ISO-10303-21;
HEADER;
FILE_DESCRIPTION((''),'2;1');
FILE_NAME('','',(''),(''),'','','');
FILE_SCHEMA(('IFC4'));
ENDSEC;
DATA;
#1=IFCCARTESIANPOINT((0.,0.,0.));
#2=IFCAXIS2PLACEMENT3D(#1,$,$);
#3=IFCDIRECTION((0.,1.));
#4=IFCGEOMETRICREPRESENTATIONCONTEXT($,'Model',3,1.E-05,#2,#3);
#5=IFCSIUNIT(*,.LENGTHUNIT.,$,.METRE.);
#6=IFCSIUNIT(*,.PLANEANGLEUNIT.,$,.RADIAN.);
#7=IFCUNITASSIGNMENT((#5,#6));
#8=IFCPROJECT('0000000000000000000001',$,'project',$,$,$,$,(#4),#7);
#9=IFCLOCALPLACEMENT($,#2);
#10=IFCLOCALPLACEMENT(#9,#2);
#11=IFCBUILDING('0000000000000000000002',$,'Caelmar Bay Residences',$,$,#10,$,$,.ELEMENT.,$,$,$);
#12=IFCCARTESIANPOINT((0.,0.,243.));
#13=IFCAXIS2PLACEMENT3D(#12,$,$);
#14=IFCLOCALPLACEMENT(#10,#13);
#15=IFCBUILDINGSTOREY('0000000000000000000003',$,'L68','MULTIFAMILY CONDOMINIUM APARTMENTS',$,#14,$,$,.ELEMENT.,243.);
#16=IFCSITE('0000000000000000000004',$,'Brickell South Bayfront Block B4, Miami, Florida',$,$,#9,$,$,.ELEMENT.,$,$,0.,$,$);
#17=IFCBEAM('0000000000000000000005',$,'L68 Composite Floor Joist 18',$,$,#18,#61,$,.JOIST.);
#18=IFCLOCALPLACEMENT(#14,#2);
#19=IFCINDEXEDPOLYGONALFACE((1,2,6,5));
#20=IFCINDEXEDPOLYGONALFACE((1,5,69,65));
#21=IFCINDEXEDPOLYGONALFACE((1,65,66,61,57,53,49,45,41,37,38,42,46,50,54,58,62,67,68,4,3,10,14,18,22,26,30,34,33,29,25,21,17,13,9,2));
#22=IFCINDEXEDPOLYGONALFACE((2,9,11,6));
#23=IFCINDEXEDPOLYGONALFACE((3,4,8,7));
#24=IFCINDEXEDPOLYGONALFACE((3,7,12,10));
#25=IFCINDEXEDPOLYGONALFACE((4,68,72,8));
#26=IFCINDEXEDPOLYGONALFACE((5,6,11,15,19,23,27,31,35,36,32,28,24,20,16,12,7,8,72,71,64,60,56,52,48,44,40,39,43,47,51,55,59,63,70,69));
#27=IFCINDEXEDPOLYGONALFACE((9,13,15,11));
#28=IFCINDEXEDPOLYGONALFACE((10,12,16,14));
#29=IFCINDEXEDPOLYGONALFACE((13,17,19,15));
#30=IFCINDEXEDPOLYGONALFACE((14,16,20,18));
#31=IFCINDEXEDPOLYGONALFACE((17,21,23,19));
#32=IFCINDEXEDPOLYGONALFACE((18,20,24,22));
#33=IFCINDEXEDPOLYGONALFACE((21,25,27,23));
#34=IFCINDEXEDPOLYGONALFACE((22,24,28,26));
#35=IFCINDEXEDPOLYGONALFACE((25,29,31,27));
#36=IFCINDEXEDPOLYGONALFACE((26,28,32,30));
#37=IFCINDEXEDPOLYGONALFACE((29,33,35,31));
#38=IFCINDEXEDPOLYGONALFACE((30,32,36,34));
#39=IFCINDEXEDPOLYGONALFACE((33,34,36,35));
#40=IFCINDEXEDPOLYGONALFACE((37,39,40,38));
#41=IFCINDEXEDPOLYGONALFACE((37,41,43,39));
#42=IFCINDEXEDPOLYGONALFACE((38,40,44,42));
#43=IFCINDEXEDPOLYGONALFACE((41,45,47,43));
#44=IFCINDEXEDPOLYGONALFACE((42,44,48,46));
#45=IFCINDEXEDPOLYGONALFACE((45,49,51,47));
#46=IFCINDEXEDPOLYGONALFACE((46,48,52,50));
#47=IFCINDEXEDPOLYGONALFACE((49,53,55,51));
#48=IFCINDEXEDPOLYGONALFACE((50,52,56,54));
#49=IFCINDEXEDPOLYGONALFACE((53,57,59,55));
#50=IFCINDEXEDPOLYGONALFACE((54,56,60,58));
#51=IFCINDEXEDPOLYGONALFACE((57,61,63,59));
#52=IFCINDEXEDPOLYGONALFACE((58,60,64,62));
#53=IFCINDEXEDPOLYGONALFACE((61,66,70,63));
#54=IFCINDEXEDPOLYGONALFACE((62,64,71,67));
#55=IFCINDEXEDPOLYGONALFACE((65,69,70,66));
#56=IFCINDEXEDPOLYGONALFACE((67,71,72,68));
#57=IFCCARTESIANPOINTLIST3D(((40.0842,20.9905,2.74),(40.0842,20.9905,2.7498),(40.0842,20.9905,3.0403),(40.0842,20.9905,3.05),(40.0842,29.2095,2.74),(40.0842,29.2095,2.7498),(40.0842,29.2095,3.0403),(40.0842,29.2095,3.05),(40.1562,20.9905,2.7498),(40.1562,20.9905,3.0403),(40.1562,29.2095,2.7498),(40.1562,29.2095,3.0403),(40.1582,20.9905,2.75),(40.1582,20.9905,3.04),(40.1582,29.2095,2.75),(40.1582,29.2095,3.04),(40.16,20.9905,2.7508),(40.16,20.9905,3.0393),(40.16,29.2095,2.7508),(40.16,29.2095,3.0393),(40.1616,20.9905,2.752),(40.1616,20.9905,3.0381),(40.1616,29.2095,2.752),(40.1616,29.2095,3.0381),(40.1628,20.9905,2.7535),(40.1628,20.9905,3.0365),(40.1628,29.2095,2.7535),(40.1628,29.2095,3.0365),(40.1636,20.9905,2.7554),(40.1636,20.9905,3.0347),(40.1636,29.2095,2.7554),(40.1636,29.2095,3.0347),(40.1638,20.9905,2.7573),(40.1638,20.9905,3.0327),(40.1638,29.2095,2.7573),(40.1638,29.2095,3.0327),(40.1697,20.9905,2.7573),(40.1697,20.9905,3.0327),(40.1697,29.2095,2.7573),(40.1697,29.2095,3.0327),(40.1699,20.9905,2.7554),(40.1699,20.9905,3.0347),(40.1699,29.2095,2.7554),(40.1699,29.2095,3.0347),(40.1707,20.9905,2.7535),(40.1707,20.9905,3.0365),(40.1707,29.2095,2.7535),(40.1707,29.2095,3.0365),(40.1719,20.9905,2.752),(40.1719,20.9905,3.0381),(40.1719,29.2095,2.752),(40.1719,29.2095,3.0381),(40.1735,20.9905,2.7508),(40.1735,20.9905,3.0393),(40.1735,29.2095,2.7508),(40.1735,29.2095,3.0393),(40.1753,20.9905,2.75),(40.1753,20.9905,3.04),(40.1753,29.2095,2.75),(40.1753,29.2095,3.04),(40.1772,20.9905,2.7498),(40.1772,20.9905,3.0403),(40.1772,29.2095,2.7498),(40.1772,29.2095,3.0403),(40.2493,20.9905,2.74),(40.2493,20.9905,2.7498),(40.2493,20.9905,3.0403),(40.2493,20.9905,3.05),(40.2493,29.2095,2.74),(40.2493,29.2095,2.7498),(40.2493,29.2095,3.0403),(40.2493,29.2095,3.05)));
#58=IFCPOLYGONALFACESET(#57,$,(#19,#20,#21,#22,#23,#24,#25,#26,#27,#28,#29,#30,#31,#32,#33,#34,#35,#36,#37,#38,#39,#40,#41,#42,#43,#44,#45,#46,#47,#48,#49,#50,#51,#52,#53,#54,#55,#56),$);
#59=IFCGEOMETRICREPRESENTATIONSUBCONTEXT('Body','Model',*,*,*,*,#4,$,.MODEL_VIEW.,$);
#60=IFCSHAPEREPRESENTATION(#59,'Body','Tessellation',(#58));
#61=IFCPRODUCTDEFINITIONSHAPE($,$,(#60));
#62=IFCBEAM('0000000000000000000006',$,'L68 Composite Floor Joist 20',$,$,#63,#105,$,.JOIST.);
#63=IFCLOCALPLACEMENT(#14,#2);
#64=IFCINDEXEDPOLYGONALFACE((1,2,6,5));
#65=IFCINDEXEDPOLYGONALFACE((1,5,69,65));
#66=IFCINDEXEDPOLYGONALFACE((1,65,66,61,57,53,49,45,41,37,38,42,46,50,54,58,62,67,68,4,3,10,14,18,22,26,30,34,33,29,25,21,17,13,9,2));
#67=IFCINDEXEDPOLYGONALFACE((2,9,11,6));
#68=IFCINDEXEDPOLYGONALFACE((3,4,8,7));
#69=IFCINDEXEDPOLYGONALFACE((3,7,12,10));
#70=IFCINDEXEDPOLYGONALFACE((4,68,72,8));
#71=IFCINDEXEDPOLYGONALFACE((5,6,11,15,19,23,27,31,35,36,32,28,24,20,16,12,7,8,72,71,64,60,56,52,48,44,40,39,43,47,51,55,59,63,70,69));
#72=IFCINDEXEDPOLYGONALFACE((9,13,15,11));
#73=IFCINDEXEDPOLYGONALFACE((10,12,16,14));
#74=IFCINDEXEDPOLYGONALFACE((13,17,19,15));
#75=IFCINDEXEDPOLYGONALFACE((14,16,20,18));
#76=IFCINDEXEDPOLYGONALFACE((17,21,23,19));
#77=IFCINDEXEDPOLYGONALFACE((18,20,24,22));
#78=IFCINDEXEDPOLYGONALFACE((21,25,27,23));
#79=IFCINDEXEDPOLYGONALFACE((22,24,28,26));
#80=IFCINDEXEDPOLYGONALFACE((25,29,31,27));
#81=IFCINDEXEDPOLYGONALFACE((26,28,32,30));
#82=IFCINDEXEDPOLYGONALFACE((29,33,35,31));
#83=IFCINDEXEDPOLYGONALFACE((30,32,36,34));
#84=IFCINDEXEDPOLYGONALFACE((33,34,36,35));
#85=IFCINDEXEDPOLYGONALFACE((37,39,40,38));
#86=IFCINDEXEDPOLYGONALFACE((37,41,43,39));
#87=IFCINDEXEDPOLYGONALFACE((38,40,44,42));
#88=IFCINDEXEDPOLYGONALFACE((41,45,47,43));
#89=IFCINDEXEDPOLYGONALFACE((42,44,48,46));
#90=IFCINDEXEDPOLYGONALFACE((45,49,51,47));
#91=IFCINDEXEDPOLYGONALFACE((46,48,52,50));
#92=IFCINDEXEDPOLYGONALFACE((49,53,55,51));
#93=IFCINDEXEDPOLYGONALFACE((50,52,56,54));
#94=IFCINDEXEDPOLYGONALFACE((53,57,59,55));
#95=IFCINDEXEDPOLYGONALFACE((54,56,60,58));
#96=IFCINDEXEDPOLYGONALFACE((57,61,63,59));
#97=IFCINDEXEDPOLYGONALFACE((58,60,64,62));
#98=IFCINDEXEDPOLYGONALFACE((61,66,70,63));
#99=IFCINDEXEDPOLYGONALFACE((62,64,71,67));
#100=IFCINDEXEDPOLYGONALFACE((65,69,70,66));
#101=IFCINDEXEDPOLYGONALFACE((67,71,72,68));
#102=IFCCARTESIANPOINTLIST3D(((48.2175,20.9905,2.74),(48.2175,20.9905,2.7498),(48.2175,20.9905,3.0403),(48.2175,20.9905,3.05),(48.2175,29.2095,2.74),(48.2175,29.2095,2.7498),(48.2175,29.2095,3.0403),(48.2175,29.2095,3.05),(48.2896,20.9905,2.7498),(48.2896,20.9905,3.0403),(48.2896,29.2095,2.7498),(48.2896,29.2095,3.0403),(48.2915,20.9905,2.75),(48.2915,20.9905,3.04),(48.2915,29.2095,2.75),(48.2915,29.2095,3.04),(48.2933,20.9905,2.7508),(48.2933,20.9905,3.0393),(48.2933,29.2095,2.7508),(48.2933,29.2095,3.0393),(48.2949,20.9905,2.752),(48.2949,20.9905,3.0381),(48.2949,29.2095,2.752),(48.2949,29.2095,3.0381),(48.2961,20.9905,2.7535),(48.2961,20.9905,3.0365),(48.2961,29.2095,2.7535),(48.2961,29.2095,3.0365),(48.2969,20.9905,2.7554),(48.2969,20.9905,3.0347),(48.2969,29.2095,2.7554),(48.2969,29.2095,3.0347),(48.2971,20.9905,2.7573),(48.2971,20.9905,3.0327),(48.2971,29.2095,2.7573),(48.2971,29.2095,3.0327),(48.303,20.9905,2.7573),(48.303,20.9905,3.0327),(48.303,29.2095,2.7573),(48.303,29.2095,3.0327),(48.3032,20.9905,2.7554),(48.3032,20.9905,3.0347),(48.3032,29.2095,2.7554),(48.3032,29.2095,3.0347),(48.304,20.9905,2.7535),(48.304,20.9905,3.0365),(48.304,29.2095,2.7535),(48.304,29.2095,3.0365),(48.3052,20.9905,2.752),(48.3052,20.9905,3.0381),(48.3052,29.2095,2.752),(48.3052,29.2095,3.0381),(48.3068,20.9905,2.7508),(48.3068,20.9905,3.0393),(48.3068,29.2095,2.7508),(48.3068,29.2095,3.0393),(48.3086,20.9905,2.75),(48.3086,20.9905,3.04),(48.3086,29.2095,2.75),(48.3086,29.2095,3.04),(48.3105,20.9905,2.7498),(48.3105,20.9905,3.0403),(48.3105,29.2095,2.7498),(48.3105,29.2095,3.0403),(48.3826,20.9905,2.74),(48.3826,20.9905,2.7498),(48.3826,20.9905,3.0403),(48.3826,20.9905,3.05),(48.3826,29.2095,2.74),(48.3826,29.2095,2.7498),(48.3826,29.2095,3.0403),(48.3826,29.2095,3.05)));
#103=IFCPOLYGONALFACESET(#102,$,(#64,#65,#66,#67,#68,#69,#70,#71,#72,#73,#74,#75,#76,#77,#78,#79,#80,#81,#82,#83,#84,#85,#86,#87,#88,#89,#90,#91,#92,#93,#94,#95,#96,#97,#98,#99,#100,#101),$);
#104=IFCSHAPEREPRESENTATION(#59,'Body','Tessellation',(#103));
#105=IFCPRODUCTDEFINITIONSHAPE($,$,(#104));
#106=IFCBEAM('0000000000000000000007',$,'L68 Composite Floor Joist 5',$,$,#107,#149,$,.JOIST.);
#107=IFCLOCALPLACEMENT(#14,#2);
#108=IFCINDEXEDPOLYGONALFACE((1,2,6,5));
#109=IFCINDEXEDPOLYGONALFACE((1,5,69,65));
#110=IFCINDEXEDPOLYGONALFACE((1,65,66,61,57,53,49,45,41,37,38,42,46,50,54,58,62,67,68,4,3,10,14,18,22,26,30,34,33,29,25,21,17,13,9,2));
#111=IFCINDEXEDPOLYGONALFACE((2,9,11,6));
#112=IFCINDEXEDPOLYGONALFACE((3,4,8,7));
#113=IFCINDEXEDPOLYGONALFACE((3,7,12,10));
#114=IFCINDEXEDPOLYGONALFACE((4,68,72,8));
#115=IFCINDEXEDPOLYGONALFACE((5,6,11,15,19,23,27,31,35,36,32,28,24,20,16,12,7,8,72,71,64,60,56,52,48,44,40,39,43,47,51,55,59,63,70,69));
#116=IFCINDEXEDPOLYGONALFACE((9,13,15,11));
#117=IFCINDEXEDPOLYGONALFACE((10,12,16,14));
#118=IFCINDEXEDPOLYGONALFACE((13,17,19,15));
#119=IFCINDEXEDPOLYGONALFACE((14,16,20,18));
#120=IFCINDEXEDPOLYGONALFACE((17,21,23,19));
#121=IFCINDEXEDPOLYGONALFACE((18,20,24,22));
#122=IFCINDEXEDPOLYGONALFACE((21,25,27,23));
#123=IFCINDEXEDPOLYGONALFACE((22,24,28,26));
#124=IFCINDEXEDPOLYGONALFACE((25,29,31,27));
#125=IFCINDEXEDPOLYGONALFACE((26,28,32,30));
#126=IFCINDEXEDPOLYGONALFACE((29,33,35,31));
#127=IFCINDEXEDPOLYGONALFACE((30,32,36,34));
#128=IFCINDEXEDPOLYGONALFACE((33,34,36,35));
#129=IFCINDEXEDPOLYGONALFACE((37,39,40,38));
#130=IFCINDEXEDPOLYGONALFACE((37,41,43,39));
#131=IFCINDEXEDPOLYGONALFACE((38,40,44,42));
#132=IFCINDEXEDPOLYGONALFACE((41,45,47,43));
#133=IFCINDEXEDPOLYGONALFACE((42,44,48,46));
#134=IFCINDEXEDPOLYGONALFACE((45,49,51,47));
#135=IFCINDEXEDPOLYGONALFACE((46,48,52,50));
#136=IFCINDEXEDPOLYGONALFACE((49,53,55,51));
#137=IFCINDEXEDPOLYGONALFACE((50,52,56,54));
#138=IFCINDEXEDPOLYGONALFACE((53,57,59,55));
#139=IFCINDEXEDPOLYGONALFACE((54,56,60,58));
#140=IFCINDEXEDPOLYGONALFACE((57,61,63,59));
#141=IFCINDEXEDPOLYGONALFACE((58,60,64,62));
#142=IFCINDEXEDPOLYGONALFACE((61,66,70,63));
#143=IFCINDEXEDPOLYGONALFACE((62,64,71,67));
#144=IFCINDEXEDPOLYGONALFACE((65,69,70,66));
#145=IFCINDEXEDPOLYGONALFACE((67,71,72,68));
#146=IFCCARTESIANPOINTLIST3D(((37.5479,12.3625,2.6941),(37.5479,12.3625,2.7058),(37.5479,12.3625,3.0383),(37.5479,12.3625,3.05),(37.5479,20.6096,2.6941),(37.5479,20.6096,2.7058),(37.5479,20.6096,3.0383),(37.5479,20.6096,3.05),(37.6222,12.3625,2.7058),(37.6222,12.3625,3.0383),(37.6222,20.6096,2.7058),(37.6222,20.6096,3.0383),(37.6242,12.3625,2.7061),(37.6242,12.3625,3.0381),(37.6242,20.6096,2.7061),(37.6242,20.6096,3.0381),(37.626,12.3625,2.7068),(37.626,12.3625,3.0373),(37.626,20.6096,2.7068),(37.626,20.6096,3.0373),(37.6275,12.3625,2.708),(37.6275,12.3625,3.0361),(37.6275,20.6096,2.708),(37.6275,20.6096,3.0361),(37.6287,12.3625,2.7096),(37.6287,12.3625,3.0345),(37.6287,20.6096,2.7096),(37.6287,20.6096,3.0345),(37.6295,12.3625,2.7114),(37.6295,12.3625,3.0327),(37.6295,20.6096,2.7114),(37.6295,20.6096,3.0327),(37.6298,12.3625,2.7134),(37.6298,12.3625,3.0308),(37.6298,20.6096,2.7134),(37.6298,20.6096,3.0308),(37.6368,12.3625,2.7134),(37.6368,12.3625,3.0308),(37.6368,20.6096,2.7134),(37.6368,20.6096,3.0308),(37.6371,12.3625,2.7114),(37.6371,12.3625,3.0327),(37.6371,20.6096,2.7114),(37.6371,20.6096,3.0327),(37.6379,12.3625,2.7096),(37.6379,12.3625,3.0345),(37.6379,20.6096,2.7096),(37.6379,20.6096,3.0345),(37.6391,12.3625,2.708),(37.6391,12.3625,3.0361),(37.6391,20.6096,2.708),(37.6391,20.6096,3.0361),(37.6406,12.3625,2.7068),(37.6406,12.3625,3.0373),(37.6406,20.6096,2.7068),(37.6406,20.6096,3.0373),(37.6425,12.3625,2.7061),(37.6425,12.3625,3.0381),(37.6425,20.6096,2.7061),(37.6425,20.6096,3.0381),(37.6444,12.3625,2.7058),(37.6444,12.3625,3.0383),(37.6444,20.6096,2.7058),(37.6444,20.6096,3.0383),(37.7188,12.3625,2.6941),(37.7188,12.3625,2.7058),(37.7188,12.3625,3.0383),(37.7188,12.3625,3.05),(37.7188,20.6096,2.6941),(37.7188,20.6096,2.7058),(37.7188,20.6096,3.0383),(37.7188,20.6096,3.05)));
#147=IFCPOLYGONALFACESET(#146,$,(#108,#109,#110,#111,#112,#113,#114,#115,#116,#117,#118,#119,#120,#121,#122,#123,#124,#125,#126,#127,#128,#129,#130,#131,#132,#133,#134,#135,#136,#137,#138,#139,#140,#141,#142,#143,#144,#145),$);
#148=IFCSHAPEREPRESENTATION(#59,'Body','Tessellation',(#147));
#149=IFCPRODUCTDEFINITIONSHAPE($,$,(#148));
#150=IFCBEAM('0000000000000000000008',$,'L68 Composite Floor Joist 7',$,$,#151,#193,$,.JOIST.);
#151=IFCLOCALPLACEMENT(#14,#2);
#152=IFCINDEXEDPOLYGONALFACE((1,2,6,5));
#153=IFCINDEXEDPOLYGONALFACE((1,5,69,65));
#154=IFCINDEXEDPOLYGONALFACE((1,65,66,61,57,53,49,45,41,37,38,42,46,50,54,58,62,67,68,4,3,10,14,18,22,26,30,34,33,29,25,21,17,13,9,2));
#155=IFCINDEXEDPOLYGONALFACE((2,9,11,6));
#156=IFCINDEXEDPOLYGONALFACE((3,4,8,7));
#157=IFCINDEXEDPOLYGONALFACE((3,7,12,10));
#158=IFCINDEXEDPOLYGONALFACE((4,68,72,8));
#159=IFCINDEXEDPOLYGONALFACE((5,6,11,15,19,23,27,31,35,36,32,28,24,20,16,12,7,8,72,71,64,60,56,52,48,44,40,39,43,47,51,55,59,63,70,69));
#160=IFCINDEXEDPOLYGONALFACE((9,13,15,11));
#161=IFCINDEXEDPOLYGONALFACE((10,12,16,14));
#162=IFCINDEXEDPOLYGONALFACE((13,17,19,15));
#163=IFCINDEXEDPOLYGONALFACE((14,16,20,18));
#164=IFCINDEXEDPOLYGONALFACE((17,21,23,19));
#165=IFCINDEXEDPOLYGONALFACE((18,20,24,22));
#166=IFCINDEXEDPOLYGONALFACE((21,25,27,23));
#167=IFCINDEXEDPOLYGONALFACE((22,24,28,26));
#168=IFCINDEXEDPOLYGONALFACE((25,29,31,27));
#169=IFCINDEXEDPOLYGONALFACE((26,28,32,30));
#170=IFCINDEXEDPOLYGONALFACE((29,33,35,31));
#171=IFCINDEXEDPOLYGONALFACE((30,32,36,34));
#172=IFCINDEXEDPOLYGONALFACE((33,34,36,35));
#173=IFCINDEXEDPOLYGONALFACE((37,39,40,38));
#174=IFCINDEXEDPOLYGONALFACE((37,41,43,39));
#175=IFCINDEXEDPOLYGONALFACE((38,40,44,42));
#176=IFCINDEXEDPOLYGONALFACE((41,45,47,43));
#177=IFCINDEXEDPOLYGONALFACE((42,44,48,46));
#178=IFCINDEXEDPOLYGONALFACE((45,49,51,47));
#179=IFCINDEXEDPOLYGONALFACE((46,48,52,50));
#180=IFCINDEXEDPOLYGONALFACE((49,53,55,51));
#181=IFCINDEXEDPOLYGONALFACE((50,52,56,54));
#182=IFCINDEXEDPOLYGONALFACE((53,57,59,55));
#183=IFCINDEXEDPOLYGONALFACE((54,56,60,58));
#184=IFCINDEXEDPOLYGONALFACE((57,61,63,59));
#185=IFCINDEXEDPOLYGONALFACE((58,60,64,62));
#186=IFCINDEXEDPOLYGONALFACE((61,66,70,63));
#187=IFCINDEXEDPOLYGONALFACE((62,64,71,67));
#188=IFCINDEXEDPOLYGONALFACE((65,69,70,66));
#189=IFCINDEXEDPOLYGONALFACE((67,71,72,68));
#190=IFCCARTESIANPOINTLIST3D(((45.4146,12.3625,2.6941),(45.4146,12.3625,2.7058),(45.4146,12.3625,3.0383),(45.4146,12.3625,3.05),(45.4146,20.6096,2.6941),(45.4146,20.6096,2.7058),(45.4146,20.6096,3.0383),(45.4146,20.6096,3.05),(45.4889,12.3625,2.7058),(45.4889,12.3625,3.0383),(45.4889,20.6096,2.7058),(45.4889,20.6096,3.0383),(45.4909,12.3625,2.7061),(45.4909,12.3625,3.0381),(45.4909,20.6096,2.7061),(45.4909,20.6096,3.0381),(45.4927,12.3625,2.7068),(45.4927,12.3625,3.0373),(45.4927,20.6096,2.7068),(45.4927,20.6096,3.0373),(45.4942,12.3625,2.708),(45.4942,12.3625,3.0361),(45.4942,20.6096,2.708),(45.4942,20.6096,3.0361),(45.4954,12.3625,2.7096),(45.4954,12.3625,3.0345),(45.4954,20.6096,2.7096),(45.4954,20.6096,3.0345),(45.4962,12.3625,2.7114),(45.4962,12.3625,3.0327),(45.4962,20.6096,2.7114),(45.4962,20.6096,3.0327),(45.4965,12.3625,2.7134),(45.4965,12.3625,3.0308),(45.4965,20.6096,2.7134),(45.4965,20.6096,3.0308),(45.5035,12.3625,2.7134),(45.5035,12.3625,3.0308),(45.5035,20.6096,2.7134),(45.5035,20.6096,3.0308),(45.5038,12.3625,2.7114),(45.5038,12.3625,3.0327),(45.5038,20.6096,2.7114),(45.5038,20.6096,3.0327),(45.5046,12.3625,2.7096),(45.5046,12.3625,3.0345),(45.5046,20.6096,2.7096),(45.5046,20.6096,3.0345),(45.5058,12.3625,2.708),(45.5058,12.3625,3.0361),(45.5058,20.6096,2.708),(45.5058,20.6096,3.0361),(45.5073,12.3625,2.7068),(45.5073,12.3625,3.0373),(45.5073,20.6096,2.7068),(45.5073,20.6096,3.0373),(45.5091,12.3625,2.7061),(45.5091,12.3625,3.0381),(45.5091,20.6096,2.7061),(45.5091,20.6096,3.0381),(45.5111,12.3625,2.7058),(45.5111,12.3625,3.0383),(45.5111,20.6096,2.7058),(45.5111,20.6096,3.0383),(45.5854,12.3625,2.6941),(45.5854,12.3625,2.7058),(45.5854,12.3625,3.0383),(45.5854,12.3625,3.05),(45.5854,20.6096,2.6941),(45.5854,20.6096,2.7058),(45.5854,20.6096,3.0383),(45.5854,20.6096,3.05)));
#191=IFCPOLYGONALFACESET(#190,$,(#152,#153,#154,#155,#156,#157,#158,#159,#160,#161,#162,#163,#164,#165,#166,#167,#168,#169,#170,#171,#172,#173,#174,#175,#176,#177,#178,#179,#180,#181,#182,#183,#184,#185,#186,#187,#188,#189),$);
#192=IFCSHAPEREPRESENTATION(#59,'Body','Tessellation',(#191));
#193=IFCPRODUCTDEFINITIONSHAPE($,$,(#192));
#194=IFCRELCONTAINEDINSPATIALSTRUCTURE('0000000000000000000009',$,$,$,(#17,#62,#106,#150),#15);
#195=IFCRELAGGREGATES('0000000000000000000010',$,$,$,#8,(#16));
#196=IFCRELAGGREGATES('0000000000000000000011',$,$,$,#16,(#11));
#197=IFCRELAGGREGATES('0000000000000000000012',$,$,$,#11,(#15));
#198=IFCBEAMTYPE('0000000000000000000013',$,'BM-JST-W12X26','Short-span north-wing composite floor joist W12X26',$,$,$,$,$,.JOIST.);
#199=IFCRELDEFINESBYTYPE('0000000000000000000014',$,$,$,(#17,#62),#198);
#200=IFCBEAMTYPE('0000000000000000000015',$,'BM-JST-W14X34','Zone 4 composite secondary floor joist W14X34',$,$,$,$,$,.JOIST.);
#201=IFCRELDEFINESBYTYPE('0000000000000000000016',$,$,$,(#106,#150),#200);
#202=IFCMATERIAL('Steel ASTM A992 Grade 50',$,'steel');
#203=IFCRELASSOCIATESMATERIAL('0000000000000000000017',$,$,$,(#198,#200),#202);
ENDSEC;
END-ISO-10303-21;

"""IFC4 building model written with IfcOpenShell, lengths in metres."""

from ifc_helpers import new_model, si_unit, direction, frame, origin, origin_2d, place, context, subcontext, project, spatial, i_section, extrude, material, material_profile, profile_set, type_object, element, save


model = new_model("IFC4")

# Units and contexts
model_context = context("Model", 3, precision=1e-05, world=origin(), true_north=direction((0.0, 1.0)))
body_context = subcontext(model_context, "Body", "Model", "MODEL_VIEW")
ifc_project = project(units=[si_unit("LENGTHUNIT", "METRE"), si_unit("PLANEANGLEUNIT", "RADIAN")], contexts=[model_context])

# Site, building, storey
site_placement = place(None, origin())
site = spatial("IfcSite", under=ifc_project, at=site_placement, Name="Brickell South Bayfront Block B4, Miami, Florida", CompositionType="ELEMENT", RefElevation=0.0)
building_placement = place(site_placement, origin())
building = spatial("IfcBuilding", under=site, at=building_placement, Name="Caelmar Bay Residences", CompositionType="ELEMENT")
storey_placement = place(building_placement, frame((0.0, 0.0, 243.0)))
storey = spatial("IfcBuildingStorey", under=building, at=storey_placement, Name="L68", Description="MULTIFAMILY CONDOMINIUM APARTMENTS", CompositionType="ELEMENT", Elevation=243.0)

# Beams
ifc_material_1 = material(Name="Steel ASTM A992 Grade 50", Category="steel")
ifc_material_profile_1 = material_profile(ifc_material_1, i_section(OverallWidth=0.165, OverallDepth=0.3101, WebThickness=0.0059, FlangeThickness=0.0098, FilletRadius=0.0076, at=origin_2d()), Name="W12X26")
ifc_profile_set_1 = profile_set([ifc_material_profile_1], Name="Steel ASTM A992 Grade 50")
beam_type_1 = type_object("IfcBeamType", Name="BM-JST-W12X26", Description="Short-span north-wing composite floor joist W12X26", PredefinedType="JOIST", material=ifc_profile_set_1)
for number, where, z_axis, x_axis, name in (
    (1, (40.1667, 20.9905, 2.895), (0.0, 1.0, 0.0), (-1.0, 0.0, 0.0), "L68 Composite Floor Joist 18"),
    (2, (48.3, 20.9905, 2.895), (0.0, 1.0, 0.0), (-1.0, 0.0, 0.0), "L68 Composite Floor Joist 20"),
):
    element("IfcBeam", number, at=place(storey_placement, frame(where, z_axis=z_axis, x_axis=x_axis)), inside=storey, type_object=beam_type_1, Name=name, PredefinedType="JOIST", context=body_context, shape_type="SweptSolid", body=[
        extrude(i_section(OverallWidth=0.165, OverallDepth=0.3101, WebThickness=0.0059, FlangeThickness=0.0098, FilletRadius=0.0076, at=origin_2d()), origin(), (0.0, 0.0, 1.0), 8.219),
    ])
ifc_material_profile_2 = material_profile(ifc_material_1, i_section(OverallWidth=0.1709, OverallDepth=0.356, WebThickness=0.0071, FlangeThickness=0.0117, FilletRadius=0.0076, at=origin_2d()), Name="W14X34")
ifc_profile_set_2 = profile_set([ifc_material_profile_2], Name="Steel ASTM A992 Grade 50")
beam_type_2 = type_object("IfcBeamType", Name="BM-JST-W14X34", Description="Zone 4 composite secondary floor joist W14X34", PredefinedType="JOIST", material=ifc_profile_set_2)
for number, where, z_axis, x_axis, name in (
    (3, (37.6333, 12.3625, 2.8721), (0.0, 1.0, 0.0), (-1.0, 0.0, 0.0), "L68 Composite Floor Joist 5"),
    (4, (45.5, 12.3625, 2.8721), (0.0, 1.0, 0.0), (-1.0, 0.0, 0.0), "L68 Composite Floor Joist 7"),
):
    element("IfcBeam", number, at=place(storey_placement, frame(where, z_axis=z_axis, x_axis=x_axis)), inside=storey, type_object=beam_type_2, Name=name, PredefinedType="JOIST", context=body_context, shape_type="SweptSolid", body=[
        extrude(i_section(OverallWidth=0.1709, OverallDepth=0.356, WebThickness=0.0071, FlangeThickness=0.0117, FilletRadius=0.0076, at=origin_2d()), origin(), (0.0, 0.0, 1.0), 8.2471),
    ])

save(model, "model.ifc")
